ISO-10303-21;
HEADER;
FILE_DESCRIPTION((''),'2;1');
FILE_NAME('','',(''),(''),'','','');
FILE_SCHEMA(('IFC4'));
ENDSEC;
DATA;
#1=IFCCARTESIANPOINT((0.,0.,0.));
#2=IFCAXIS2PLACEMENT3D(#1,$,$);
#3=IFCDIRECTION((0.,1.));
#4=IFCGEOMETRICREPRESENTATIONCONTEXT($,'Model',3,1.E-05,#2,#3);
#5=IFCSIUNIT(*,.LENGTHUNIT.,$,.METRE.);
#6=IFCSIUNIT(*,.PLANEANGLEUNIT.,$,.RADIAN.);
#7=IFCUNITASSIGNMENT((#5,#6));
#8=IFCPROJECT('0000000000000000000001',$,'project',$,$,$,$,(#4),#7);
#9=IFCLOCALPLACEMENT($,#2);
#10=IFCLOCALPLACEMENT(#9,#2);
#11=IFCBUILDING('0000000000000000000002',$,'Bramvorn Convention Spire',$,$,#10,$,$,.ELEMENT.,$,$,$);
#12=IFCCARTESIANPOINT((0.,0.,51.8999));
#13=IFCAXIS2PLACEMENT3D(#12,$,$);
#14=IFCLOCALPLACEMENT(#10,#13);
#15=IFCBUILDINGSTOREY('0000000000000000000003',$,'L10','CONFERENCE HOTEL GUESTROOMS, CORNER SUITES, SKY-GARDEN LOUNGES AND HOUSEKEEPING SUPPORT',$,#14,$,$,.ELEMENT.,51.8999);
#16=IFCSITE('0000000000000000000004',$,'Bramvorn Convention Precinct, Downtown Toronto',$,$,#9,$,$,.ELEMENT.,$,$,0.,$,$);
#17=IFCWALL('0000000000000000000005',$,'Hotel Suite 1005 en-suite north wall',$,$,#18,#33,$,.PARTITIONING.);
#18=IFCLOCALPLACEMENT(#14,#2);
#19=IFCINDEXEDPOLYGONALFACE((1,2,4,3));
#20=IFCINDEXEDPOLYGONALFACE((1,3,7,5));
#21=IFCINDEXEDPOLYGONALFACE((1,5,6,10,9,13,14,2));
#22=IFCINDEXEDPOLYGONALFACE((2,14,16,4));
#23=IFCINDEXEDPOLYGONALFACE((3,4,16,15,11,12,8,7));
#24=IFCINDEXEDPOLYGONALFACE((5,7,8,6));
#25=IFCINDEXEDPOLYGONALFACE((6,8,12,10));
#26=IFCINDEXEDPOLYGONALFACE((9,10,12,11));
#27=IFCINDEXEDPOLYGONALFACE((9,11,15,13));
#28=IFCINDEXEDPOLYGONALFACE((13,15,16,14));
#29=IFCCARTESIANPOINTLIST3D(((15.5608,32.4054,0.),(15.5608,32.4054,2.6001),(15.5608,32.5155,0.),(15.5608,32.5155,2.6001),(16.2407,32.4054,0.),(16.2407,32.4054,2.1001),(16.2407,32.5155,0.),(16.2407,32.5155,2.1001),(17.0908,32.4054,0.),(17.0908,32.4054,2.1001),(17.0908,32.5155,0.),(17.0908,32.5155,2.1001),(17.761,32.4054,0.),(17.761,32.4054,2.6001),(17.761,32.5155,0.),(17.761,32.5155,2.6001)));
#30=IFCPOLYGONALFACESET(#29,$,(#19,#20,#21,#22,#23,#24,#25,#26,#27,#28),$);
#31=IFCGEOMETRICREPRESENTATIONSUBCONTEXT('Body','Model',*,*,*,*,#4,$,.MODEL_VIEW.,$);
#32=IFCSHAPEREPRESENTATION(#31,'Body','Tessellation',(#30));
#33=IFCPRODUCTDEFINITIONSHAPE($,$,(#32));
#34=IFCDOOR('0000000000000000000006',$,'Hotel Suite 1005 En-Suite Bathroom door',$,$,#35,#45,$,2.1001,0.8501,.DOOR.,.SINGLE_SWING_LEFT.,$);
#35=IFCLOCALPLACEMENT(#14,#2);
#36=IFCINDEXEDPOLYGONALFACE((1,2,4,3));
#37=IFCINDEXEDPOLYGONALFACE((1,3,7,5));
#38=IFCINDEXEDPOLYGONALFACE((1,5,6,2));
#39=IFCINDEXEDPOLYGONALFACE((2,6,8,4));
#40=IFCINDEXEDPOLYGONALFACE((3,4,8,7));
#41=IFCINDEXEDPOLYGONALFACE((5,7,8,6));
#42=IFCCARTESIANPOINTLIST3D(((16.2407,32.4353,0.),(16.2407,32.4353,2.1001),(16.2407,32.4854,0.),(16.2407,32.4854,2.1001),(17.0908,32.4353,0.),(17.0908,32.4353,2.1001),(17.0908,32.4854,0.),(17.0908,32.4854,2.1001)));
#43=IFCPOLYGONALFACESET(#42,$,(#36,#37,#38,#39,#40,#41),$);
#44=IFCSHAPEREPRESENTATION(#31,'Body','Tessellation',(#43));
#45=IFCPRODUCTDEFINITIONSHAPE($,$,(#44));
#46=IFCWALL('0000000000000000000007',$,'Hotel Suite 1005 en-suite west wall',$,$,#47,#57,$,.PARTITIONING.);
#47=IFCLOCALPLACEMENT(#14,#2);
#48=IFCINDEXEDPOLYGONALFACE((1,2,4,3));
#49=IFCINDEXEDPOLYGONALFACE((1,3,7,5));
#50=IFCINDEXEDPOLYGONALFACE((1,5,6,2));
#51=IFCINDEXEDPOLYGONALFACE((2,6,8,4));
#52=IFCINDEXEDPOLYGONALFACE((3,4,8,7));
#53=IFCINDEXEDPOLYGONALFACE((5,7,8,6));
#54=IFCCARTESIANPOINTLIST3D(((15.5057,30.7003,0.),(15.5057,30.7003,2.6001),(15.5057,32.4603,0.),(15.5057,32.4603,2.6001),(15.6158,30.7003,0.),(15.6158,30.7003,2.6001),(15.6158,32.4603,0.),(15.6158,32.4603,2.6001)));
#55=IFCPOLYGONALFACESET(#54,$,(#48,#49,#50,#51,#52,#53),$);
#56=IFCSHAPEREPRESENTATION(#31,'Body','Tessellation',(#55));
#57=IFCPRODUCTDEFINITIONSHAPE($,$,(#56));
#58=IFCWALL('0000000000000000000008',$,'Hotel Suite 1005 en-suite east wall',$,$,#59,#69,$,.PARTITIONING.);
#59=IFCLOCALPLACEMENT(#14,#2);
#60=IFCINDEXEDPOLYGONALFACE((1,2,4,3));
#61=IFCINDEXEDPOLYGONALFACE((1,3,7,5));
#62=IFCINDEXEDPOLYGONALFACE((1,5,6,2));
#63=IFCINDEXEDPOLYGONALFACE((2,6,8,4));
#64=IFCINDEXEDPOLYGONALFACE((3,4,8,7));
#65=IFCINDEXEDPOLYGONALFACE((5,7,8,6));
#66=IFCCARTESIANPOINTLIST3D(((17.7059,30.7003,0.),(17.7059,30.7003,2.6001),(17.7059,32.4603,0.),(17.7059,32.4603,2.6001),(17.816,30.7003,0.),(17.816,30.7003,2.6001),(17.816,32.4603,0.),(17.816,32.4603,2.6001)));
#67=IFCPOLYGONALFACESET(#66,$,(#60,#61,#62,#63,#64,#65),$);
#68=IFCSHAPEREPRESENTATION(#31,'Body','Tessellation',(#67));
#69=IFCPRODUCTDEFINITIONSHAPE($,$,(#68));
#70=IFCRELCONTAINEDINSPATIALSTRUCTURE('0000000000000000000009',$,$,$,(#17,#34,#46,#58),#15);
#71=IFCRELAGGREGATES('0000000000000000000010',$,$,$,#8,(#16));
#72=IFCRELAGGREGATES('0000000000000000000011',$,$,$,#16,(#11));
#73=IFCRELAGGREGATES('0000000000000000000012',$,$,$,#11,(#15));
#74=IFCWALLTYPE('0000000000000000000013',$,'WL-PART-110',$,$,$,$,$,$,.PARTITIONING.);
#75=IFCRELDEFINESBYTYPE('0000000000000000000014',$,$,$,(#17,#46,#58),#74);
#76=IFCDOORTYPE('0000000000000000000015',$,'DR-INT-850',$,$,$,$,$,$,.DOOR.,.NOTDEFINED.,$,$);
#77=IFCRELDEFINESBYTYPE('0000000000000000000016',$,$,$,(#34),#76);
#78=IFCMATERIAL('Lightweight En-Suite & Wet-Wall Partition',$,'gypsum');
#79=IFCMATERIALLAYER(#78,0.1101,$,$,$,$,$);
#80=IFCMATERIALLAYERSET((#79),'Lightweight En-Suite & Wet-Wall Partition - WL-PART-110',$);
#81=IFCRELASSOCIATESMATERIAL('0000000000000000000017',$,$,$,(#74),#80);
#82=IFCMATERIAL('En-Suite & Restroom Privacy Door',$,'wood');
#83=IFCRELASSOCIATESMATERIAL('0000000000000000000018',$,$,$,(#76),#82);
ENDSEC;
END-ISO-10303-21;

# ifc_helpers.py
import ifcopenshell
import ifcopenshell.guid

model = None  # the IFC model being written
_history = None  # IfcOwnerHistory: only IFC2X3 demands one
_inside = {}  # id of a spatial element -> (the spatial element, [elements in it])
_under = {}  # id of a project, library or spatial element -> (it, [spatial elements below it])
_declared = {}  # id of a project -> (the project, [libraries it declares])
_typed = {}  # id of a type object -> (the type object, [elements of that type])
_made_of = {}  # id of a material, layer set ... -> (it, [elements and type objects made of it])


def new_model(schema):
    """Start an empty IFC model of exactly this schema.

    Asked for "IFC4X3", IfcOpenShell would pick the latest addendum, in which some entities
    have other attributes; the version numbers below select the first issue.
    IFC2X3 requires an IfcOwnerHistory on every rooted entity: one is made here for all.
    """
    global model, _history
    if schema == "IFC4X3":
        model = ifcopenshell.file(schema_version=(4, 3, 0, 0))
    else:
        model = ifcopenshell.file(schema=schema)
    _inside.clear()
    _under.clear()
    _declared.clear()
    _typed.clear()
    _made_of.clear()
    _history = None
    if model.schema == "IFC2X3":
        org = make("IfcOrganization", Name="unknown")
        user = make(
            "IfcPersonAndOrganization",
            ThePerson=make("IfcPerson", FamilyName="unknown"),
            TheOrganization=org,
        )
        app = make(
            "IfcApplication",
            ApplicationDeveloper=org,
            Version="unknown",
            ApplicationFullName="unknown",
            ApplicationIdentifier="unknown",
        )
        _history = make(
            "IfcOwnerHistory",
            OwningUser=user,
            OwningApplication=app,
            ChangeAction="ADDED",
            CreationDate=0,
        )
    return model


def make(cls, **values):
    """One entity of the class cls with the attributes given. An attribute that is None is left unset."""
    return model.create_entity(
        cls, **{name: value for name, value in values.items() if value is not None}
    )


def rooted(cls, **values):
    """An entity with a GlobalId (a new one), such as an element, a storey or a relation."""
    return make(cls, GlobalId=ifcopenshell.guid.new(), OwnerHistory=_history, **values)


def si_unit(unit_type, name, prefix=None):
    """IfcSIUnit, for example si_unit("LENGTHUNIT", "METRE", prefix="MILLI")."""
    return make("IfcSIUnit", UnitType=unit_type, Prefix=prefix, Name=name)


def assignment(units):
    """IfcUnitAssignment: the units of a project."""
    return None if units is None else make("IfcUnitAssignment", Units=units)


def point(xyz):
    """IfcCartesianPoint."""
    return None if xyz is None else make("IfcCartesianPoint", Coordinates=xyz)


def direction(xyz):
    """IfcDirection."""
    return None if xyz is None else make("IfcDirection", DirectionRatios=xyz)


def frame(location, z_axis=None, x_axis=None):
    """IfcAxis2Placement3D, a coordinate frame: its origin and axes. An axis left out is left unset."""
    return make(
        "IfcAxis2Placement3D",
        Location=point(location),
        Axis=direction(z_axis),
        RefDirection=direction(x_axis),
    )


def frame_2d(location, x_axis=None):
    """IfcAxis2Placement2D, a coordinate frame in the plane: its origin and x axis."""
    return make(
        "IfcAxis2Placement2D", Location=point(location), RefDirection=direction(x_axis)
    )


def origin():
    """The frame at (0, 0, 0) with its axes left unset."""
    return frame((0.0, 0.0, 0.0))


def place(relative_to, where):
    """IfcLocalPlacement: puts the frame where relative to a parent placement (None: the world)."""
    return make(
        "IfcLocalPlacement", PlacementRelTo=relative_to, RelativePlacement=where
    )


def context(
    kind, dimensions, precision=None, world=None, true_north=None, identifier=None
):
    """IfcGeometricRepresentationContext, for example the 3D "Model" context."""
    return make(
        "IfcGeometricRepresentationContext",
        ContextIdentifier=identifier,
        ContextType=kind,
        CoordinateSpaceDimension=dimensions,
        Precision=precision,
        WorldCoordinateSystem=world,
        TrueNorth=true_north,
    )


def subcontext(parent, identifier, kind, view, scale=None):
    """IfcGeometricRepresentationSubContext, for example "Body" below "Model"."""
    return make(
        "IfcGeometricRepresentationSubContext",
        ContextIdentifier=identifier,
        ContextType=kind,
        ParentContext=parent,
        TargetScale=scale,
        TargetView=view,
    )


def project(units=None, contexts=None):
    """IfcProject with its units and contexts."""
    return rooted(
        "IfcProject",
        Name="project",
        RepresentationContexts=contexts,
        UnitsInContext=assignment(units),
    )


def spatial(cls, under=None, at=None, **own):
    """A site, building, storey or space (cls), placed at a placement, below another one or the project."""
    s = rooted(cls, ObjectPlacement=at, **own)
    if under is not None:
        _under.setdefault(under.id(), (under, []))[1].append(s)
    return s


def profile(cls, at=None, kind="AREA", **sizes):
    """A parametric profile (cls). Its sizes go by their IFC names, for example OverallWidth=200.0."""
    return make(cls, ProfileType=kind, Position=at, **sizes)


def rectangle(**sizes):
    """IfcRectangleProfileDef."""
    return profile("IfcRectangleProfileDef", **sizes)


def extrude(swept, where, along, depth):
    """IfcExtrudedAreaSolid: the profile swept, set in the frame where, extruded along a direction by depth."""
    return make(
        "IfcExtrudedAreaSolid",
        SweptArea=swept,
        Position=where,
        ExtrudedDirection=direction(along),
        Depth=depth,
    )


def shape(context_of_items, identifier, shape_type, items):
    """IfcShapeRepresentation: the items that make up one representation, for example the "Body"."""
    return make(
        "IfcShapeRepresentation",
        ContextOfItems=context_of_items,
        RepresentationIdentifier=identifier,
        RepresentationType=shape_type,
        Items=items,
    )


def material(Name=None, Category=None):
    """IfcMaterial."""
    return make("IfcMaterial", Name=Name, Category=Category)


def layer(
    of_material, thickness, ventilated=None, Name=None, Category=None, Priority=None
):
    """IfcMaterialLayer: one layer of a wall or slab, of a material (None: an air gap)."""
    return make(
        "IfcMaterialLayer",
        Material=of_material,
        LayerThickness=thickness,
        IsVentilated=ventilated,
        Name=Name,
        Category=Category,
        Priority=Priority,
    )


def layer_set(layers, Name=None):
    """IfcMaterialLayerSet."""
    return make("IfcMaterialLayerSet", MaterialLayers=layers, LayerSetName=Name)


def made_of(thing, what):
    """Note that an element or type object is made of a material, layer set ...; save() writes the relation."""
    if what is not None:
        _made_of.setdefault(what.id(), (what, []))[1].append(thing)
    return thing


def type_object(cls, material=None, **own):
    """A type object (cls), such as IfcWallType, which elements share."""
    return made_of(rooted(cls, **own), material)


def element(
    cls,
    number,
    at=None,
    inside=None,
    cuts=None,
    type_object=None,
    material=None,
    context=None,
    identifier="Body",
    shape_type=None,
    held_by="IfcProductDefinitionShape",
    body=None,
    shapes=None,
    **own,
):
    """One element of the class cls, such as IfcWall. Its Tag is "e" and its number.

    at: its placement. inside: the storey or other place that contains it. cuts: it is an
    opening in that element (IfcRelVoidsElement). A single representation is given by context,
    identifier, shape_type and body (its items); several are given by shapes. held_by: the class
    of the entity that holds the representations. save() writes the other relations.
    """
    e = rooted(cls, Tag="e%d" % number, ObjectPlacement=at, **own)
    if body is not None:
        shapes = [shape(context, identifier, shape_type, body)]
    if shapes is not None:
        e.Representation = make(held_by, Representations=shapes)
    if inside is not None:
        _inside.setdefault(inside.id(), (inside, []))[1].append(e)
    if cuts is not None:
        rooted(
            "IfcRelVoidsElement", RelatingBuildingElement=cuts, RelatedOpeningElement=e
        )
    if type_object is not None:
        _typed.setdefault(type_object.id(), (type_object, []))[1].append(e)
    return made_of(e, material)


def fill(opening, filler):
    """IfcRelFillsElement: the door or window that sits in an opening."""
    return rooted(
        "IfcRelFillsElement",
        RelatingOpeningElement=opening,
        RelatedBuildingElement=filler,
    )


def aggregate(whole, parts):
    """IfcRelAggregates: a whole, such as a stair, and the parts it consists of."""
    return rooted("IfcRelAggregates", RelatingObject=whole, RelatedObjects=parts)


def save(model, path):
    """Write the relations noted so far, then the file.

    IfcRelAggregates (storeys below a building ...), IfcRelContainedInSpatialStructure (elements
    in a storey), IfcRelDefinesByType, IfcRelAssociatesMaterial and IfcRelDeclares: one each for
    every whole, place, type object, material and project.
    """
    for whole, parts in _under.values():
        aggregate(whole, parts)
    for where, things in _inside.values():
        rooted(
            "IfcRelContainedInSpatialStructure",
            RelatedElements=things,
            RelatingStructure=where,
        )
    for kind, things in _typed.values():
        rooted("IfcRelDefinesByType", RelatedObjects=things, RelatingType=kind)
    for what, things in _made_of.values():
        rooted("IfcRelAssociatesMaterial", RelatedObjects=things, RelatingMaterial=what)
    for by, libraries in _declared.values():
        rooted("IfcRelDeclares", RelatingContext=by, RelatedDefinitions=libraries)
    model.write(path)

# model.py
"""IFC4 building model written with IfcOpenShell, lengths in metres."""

from ifc_helpers import new_model, si_unit, direction, frame, frame_2d, origin, place, context, subcontext, project, spatial, rectangle, extrude, material, layer, layer_set, type_object, element, fill, save


model = new_model("IFC4")

# Units and contexts
model_context = context("Model", 3, precision=1e-05, world=origin(), true_north=direction((0.0, 1.0)))
body_context = subcontext(model_context, "Body", "Model", "MODEL_VIEW")
ifc_project = project(units=[si_unit("LENGTHUNIT", "METRE"), si_unit("PLANEANGLEUNIT", "RADIAN")], contexts=[model_context])

# Site, building, storey
site_placement = place(None, origin())
site = spatial("IfcSite", under=ifc_project, at=site_placement, Name="Bramvorn Convention Precinct, Downtown Toronto", CompositionType="ELEMENT", RefElevation=0.0)
building_placement = place(site_placement, origin())
building = spatial("IfcBuilding", under=site, at=building_placement, Name="Bramvorn Convention Spire", CompositionType="ELEMENT")
storey_placement = place(building_placement, frame((0.0, 0.0, 51.8999)))
storey = spatial("IfcBuildingStorey", under=building, at=storey_placement, Name="L10", Description="CONFERENCE HOTEL GUESTROOMS, CORNER SUITES, SKY-GARDEN LOUNGES AND HOUSEKEEPING SUPPORT", CompositionType="ELEMENT", Elevation=51.8999)

# Shared definitions
ifc_material_1 = material(Name="Lightweight En-Suite & Wet-Wall Partition", Category="gypsum")
ifc_layer_1 = layer(ifc_material_1, 0.1101)
ifc_layer_set_1 = layer_set([ifc_layer_1], Name="Lightweight En-Suite & Wet-Wall Partition - WL-PART-110")
wall_type_1 = type_object("IfcWallType", Name="WL-PART-110", PredefinedType="PARTITIONING", material=ifc_layer_set_1)

# Wall, opening, door
wall_1_placement = place(storey_placement, frame((15.5608, 32.4604, 0.0), z_axis=(0.0, 0.0, 1.0), x_axis=(1.0, 0.0, 0.0)))
wall_1 = element("IfcWall", 1, at=wall_1_placement, inside=storey, type_object=wall_type_1, Name="Hotel Suite 1005 en-suite north wall", PredefinedType="PARTITIONING", context=body_context, shape_type="SweptSolid", body=[
    extrude(rectangle(XDim=2.2002, YDim=0.1101, at=frame_2d((1.1001, 0.0))), origin(), (0.0, 0.0, 1.0), 2.6001),
])
opening_placement = place(wall_1_placement, frame((0.6799, 0.0, 0.0)))
opening = element("IfcOpeningElement", 2, at=opening_placement, cuts=wall_1, PredefinedType="OPENING", context=body_context, shape_type="SweptSolid", body=[
    extrude(rectangle(XDim=0.8501, YDim=2.1001, at=frame_2d((0.425, 1.05))), frame((0.0, 0.0649, 0.0), z_axis=(0.0, -1.0, 0.0), x_axis=(1.0, 0.0, 0.0)), (0.0, 0.0, 1.0), 0.1301),
])
ifc_material_2 = material(Name="En-Suite & Restroom Privacy Door", Category="wood")
door_type = type_object("IfcDoorType", Name="DR-INT-850", OperationType="NOTDEFINED", PredefinedType="DOOR", material=ifc_material_2)
door_placement = place(opening_placement, origin())
door = element("IfcDoor", 3, at=door_placement, inside=storey, type_object=door_type, Name="Hotel Suite 1005 En-Suite Bathroom door", OperationType="SINGLE_SWING_LEFT", OverallHeight=2.1001, OverallWidth=0.8501, PredefinedType="DOOR", context=body_context, shape_type="SweptSolid", body=[
    extrude(rectangle(XDim=0.8501, YDim=2.1001, at=frame_2d((0.425, 1.05))), frame((0.0, 0.0249, 0.0), z_axis=(0.0, -1.0, 0.0), x_axis=(1.0, 0.0, 0.0)), (0.0, 0.0, 1.0), 0.05),
])
fill(opening, door)

# Walls
for number, where, z_axis, x_axis, name in (
    (4, (15.5608, 30.7004, 0.0), (0.0, 0.0, 1.0), (0.0, 1.0, 0.0), "Hotel Suite 1005 en-suite west wall"),
    (5, (17.761, 30.7004, 0.0), (0.0, 0.0, 1.0), (0.0, 1.0, 0.0), "Hotel Suite 1005 en-suite east wall"),
):
    element("IfcWall", number, at=place(storey_placement, frame(where, z_axis=z_axis, x_axis=x_axis)), inside=storey, type_object=wall_type_1, Name=name, PredefinedType="PARTITIONING", context=body_context, shape_type="SweptSolid", body=[
        extrude(rectangle(XDim=1.76, YDim=0.1101, at=frame_2d((0.8799, 0.0))), origin(), (0.0, 0.0, 1.0), 2.6001),
    ])

save(model, "model.ifc")
